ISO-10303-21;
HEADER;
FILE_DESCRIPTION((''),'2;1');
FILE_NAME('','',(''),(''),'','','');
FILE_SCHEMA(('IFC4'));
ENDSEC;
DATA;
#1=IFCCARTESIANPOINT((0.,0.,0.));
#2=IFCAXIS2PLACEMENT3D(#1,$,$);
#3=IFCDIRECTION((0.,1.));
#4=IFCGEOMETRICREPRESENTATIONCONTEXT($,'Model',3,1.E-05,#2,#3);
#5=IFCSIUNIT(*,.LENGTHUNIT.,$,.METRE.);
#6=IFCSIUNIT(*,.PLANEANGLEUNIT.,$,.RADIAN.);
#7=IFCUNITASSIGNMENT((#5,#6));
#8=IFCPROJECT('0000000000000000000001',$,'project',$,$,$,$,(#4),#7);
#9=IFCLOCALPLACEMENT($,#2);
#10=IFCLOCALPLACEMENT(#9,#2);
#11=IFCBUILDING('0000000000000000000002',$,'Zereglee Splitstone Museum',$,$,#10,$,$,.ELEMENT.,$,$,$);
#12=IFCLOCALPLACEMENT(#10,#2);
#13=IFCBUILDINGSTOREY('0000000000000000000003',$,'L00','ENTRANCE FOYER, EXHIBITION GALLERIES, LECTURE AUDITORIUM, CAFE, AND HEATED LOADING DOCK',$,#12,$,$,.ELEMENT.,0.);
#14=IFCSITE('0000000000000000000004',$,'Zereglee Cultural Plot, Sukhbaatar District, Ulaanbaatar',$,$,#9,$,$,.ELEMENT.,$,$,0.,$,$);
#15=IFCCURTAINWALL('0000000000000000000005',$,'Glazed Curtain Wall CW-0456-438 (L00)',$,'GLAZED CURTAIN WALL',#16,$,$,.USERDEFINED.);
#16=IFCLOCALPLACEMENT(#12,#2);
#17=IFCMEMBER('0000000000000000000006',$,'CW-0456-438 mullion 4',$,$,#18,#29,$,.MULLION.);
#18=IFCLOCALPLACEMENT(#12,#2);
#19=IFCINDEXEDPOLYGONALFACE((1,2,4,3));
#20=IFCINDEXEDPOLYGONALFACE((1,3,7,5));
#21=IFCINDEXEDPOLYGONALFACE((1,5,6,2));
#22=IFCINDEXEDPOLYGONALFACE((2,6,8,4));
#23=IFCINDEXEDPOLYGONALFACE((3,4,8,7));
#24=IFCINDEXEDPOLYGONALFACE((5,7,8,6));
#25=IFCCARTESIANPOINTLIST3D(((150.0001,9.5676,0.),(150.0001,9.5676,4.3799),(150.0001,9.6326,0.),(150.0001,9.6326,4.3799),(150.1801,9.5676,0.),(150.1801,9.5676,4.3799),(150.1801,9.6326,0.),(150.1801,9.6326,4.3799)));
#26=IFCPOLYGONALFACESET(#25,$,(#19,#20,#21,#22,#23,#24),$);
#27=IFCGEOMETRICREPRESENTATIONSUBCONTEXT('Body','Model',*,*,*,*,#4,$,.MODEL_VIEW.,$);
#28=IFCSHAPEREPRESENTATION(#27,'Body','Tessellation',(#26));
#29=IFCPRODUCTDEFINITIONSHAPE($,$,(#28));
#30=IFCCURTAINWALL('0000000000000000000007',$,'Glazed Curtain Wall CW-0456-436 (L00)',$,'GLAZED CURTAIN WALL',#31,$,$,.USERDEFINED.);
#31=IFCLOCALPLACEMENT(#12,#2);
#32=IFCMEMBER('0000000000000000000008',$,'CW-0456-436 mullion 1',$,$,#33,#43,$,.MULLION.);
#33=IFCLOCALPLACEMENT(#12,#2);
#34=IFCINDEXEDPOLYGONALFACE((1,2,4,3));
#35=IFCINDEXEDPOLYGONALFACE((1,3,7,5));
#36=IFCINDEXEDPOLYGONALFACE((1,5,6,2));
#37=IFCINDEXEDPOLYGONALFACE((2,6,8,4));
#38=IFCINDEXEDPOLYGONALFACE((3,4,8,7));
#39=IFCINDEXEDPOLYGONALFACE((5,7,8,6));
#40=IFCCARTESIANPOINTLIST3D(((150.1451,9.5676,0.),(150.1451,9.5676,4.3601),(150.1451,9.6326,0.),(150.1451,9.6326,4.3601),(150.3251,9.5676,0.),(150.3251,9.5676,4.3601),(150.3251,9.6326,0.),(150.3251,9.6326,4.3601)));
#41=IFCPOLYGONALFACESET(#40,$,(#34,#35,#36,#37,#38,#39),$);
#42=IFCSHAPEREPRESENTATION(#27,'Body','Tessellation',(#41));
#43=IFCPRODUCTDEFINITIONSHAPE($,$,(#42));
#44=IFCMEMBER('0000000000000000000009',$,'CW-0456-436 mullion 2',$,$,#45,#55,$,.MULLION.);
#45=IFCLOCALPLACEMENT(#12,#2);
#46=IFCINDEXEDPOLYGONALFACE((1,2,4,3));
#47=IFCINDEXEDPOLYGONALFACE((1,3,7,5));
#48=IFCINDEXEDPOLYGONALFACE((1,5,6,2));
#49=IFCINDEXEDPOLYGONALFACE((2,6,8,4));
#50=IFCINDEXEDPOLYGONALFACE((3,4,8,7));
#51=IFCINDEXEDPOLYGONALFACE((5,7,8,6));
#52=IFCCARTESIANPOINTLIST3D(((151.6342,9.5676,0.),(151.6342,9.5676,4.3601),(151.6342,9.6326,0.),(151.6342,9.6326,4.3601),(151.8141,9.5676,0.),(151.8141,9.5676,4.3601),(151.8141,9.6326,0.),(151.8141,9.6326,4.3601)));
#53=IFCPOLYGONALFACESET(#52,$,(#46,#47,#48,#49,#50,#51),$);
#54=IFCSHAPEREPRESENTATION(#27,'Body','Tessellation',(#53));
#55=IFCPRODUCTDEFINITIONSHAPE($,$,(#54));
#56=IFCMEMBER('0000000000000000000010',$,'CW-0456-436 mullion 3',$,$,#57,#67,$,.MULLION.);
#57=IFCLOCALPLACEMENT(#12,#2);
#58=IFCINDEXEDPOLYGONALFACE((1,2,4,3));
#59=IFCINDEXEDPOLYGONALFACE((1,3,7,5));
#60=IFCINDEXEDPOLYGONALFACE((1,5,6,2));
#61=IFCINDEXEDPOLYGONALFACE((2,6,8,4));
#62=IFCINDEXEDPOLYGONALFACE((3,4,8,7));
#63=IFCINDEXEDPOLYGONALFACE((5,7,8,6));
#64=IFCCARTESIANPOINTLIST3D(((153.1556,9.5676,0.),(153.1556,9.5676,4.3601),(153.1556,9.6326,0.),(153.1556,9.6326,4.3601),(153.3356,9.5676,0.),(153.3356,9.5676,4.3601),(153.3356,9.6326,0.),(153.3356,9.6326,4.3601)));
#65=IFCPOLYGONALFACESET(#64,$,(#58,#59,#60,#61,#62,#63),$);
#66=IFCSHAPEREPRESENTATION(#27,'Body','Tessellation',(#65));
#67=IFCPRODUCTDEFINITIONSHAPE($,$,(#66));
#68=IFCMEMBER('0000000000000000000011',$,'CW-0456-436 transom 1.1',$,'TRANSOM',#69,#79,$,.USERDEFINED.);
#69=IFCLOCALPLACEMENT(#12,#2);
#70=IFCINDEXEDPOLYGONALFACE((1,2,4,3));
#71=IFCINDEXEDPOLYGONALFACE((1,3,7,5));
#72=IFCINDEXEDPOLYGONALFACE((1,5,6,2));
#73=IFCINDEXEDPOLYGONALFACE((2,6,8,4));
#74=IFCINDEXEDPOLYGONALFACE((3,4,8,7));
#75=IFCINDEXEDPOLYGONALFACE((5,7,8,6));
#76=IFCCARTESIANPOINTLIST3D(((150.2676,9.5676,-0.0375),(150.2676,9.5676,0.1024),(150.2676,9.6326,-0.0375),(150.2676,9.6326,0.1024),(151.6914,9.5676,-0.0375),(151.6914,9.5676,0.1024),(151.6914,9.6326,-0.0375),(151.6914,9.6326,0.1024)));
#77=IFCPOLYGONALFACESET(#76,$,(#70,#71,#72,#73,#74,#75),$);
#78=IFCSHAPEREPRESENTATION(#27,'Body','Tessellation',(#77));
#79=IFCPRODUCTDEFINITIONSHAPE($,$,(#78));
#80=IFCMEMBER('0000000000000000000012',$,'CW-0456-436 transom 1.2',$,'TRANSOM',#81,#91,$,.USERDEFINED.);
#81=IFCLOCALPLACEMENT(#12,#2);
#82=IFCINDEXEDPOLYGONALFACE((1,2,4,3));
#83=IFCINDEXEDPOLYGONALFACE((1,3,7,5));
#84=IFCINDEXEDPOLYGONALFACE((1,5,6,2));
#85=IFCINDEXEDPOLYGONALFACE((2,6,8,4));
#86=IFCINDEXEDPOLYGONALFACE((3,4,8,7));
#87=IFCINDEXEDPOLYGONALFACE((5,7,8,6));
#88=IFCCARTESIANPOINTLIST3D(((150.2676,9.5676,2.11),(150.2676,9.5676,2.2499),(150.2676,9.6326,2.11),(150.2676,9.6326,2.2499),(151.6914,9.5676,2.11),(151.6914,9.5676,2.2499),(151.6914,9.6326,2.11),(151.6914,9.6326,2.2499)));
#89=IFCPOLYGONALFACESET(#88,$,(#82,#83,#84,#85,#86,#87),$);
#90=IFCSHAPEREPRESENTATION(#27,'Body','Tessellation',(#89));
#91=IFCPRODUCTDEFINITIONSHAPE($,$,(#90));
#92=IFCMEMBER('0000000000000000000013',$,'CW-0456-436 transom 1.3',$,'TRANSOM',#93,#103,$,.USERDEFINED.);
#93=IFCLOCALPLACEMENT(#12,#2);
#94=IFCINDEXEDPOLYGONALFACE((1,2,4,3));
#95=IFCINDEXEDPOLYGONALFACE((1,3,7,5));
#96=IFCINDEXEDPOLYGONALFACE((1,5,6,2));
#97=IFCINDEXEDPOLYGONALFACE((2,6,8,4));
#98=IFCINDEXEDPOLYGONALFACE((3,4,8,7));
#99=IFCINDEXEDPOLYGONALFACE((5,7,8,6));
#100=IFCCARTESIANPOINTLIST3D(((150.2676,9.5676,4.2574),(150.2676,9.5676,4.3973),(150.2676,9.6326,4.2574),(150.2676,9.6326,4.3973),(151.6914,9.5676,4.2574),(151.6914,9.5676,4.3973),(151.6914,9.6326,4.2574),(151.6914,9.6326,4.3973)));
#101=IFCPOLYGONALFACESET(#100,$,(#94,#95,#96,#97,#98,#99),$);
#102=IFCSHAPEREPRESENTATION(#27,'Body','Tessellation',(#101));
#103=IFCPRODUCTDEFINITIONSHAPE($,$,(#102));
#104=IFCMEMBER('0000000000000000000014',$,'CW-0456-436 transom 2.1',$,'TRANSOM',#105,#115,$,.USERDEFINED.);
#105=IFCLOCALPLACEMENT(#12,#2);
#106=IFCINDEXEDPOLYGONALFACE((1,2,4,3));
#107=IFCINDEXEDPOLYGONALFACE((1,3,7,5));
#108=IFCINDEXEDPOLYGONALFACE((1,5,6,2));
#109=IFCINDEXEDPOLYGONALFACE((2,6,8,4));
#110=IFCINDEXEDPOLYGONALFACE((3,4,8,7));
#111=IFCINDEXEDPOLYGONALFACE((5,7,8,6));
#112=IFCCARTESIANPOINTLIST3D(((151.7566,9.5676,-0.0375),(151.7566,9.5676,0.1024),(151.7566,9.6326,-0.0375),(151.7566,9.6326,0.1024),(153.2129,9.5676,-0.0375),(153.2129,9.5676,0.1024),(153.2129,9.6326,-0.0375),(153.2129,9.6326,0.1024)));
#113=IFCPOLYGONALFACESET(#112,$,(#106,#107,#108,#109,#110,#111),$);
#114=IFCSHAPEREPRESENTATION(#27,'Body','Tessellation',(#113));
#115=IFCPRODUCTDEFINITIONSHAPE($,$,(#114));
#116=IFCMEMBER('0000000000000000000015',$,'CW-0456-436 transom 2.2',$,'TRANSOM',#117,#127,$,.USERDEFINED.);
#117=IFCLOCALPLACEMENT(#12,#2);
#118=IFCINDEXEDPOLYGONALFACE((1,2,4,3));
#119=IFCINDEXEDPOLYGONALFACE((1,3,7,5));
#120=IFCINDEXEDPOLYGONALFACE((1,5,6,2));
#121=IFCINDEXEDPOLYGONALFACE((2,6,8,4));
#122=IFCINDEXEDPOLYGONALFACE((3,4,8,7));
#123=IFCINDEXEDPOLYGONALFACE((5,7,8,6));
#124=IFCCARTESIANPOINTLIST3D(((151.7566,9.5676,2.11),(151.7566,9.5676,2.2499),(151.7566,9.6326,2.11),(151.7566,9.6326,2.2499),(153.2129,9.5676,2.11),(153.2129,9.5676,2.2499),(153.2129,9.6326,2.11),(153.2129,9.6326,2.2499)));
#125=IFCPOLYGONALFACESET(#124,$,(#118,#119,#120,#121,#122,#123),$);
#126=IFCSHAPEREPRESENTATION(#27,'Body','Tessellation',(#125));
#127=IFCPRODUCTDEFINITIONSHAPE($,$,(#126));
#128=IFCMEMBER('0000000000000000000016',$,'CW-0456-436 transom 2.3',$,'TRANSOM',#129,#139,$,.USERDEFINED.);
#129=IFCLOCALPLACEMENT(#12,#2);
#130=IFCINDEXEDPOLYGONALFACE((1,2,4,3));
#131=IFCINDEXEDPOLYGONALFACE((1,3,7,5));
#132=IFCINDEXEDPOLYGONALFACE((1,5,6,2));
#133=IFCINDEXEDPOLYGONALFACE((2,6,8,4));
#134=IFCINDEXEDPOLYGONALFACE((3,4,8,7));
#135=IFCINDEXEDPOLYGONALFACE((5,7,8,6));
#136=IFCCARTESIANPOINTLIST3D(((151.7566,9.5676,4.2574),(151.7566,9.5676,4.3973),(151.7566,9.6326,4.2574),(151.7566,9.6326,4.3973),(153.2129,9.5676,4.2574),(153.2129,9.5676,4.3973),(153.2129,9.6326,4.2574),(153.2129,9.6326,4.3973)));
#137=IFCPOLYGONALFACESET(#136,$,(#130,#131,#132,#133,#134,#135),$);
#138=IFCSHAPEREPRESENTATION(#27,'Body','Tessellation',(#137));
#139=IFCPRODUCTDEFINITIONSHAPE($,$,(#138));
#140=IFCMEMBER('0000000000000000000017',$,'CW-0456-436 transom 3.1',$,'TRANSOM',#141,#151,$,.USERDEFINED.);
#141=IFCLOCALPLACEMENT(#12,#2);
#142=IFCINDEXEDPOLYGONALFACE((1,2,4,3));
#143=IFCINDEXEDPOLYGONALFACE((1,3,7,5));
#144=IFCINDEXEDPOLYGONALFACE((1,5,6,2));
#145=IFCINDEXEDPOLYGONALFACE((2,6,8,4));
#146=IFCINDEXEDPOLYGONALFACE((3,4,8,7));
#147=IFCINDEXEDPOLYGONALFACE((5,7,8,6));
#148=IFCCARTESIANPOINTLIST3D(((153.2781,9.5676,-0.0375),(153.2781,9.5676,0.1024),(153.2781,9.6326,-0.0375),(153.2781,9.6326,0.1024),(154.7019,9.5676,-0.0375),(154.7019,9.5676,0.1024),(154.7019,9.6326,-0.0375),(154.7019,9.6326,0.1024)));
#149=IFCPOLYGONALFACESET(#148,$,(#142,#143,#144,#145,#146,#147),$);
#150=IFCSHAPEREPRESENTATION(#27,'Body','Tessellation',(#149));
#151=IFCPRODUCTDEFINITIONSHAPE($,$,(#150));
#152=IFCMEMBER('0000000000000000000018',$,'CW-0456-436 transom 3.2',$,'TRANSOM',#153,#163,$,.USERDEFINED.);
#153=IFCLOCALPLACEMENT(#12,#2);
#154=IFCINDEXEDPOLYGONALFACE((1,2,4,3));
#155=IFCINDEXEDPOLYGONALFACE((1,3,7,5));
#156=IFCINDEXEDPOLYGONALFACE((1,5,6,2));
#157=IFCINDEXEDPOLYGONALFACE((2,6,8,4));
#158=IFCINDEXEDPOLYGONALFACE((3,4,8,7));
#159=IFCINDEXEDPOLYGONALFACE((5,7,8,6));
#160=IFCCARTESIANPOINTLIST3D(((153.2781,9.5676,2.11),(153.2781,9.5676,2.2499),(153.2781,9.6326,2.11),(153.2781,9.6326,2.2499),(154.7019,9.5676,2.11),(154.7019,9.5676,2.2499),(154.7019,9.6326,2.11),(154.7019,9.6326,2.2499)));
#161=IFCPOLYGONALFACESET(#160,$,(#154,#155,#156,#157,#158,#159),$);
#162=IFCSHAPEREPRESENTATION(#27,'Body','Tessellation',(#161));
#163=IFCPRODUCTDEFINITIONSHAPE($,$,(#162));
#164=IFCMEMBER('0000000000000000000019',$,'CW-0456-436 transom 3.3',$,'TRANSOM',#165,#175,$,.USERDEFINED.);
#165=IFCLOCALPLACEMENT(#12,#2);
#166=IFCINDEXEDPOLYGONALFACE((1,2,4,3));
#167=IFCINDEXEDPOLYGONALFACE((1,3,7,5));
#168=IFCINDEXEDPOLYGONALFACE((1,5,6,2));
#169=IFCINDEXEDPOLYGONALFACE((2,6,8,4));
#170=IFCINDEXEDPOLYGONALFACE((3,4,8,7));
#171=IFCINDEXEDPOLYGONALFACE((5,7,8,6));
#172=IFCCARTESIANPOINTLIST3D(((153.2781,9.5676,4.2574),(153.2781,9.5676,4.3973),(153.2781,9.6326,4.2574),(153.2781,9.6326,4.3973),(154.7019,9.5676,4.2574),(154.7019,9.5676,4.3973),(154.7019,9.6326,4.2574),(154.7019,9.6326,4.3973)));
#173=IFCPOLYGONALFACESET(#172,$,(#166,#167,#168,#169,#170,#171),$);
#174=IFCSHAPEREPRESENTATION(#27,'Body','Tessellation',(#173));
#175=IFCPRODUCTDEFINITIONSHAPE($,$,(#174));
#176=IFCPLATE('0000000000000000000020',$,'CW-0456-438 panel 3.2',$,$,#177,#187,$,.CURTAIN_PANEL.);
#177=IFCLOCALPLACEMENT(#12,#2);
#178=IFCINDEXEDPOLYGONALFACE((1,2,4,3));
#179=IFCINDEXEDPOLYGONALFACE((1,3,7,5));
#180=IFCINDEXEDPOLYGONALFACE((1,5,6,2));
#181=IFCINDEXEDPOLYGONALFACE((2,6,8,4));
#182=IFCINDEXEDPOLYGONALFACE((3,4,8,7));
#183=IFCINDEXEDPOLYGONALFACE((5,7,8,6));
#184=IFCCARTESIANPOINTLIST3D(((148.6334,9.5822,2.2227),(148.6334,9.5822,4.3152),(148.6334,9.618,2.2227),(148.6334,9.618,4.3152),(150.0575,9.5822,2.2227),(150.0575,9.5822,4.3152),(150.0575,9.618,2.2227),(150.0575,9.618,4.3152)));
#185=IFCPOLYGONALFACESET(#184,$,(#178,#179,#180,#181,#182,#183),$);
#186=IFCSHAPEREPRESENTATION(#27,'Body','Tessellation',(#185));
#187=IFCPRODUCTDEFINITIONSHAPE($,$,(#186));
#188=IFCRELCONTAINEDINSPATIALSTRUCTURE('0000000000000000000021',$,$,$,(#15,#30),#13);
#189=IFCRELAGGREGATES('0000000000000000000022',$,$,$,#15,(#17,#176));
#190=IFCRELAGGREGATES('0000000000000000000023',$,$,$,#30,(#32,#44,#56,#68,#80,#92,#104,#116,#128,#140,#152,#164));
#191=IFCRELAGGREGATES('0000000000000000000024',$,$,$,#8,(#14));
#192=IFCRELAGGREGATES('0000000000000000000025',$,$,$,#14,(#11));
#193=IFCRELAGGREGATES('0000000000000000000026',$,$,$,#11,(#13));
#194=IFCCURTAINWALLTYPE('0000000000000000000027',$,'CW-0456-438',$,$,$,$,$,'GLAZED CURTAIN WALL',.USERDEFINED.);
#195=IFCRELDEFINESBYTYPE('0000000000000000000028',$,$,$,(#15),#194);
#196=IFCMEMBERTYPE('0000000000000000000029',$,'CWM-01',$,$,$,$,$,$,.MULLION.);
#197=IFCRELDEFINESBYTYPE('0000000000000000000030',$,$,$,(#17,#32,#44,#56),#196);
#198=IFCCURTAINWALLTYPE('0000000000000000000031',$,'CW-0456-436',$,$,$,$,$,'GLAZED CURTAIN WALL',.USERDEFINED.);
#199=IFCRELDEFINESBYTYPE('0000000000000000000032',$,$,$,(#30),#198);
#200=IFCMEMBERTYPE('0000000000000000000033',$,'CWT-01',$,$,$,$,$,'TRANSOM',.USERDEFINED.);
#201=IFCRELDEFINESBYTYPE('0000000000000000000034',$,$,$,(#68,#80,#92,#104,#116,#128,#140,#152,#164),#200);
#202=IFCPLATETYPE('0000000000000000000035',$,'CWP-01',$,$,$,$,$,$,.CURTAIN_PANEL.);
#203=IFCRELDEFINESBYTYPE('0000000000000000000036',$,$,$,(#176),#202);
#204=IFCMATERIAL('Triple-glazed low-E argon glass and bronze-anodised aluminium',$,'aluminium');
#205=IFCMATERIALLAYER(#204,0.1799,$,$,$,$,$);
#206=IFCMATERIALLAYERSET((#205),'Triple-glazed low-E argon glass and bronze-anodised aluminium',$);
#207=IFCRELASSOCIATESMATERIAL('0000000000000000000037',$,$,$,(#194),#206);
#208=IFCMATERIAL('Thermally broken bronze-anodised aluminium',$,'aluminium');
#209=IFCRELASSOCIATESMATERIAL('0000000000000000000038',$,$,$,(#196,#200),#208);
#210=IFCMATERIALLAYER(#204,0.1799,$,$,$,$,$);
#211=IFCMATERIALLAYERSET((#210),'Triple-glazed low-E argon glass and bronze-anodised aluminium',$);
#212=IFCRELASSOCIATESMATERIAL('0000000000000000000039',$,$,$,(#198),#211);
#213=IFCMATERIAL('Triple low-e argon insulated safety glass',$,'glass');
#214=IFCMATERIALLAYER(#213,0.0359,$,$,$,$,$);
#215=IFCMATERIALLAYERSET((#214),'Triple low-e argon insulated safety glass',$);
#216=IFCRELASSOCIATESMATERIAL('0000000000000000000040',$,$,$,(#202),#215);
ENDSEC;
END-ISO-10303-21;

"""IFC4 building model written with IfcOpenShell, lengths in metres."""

from ifc_helpers import new_model, si_unit, direction, frame, origin, origin_2d, place, context, subcontext, project, spatial, rectangle, extrude, material, layer, layer_set, material_profile, profile_set, type_object, element, aggregate, save


model = new_model("IFC4")

# Units and contexts
model_context = context("Model", 3, precision=1e-05, world=origin(), true_north=direction((0.0, 1.0)))
body_context = subcontext(model_context, "Body", "Model", "MODEL_VIEW")
ifc_project = project(units=[si_unit("LENGTHUNIT", "METRE"), si_unit("PLANEANGLEUNIT", "RADIAN")], contexts=[model_context])

# Site, building, storey
site_placement = place(None, origin())
site = spatial("IfcSite", under=ifc_project, at=site_placement, Name="Zereglee Cultural Plot, Sukhbaatar District, Ulaanbaatar", CompositionType="ELEMENT", RefElevation=0.0)
building_placement = place(site_placement, origin())
building = spatial("IfcBuilding", under=site, at=building_placement, Name="Zereglee Splitstone Museum", CompositionType="ELEMENT")
storey_placement = place(building_placement, origin())
storey = spatial("IfcBuildingStorey", under=building, at=storey_placement, Name="L00", Description="ENTRANCE FOYER, EXHIBITION GALLERIES, LECTURE AUDITORIUM, CAFE, AND HEATED LOADING DOCK", CompositionType="ELEMENT", Elevation=0.0)

# Curtain wall, member
ifc_material_1 = material(Name="Triple-glazed low-E argon glass and bronze-anodised aluminium", Category="aluminium")
ifc_layer_1 = layer(ifc_material_1, 0.1799)
ifc_layer_set_1 = layer_set([ifc_layer_1], Name="Triple-glazed low-E argon glass and bronze-anodised aluminium")
curtain_wall_type_1 = type_object("IfcCurtainWallType", Name="CW-0456-438", ElementType="GLAZED CURTAIN WALL", PredefinedType="USERDEFINED", material=ifc_layer_set_1)
curtain_wall_1_placement = place(storey_placement, origin())
curtain_wall_1 = element("IfcCurtainWall", 1, at=curtain_wall_1_placement, inside=storey, type_object=curtain_wall_type_1, Name="Glazed Curtain Wall CW-0456-438 (L00)", ObjectType="GLAZED CURTAIN WALL", PredefinedType="USERDEFINED")
ifc_material_2 = material(Name="Thermally broken bronze-anodised aluminium", Category="aluminium")
ifc_material_profile_1 = material_profile(ifc_material_2, rectangle(XDim=0.0649, YDim=0.1799, at=origin_2d()), Name="CW MULL 65x180")
ifc_profile_set_1 = profile_set([ifc_material_profile_1], Name="Thermally broken bronze-anodised aluminium")
member_type_1 = type_object("IfcMemberType", Name="CWM-01", PredefinedType="MULLION", material=ifc_profile_set_1)
member_1_placement = place(storey_placement, frame((150.0901, 9.6001, 0.0), z_axis=(0.0, 0.0, 1.0), x_axis=(0.0, 1.0, 0.0)))
member_1 = element("IfcMember", 2, at=member_1_placement, type_object=member_type_1, Name="CW-0456-438 mullion 4", PredefinedType="MULLION", context=body_context, shape_type="SweptSolid", body=[
    extrude(rectangle(XDim=0.0649, YDim=0.1799, at=origin_2d()), origin(), (0.0, 0.0, 1.0), 4.3799),
])

# Curtain wall, members
ifc_layer_2 = layer(ifc_material_1, 0.1799)
ifc_layer_set_2 = layer_set([ifc_layer_2], Name="Triple-glazed low-E argon glass and bronze-anodised aluminium")
curtain_wall_type_2 = type_object("IfcCurtainWallType", Name="CW-0456-436", ElementType="GLAZED CURTAIN WALL", PredefinedType="USERDEFINED", material=ifc_layer_set_2)
curtain_wall_2_placement = place(storey_placement, origin())
curtain_wall_2 = element("IfcCurtainWall", 3, at=curtain_wall_2_placement, inside=storey, type_object=curtain_wall_type_2, Name="Glazed Curtain Wall CW-0456-436 (L00)", ObjectType="GLAZED CURTAIN WALL", PredefinedType="USERDEFINED")
member_2_placement = place(storey_placement, frame((150.2351, 9.6001, 0.0), z_axis=(0.0, 0.0, 1.0), x_axis=(0.0, 1.0, 0.0)))
member_2 = element("IfcMember", 4, at=member_2_placement, type_object=member_type_1, Name="CW-0456-436 mullion 1", PredefinedType="MULLION", context=body_context, shape_type="SweptSolid", body=[
    extrude(rectangle(XDim=0.0649, YDim=0.1799, at=origin_2d()), origin(), (0.0, 0.0, 1.0), 4.3601),
])
member_3_placement = place(storey_placement, frame((151.7241, 9.6001, 0.0), z_axis=(0.0, 0.0, 1.0), x_axis=(0.0, 1.0, 0.0)))
member_3 = element("IfcMember", 5, at=member_3_placement, type_object=member_type_1, Name="CW-0456-436 mullion 2", PredefinedType="MULLION", context=body_context, shape_type="SweptSolid", body=[
    extrude(rectangle(XDim=0.0649, YDim=0.1799, at=origin_2d()), origin(), (0.0, 0.0, 1.0), 4.3601),
])
member_4_placement = place(storey_placement, frame((153.2456, 9.6001, 0.0), z_axis=(0.0, 0.0, 1.0), x_axis=(0.0, 1.0, 0.0)))
member_4 = element("IfcMember", 6, at=member_4_placement, type_object=member_type_1, Name="CW-0456-436 mullion 3", PredefinedType="MULLION", context=body_context, shape_type="SweptSolid", body=[
    extrude(rectangle(XDim=0.0649, YDim=0.1799, at=origin_2d()), origin(), (0.0, 0.0, 1.0), 4.3601),
])
ifc_material_profile_2 = material_profile(ifc_material_2, rectangle(XDim=0.0649, YDim=0.1399, at=origin_2d()), Name="CW TRAN 65x140")
ifc_profile_set_2 = profile_set([ifc_material_profile_2], Name="Thermally broken bronze-anodised aluminium")
member_type_2 = type_object("IfcMemberType", Name="CWT-01", ElementType="TRANSOM", PredefinedType="USERDEFINED", material=ifc_profile_set_2)
member_5_placement = place(storey_placement, frame((150.2676, 9.6001, 0.0325), z_axis=(1.0, 0.0, 0.0), x_axis=(0.0, 1.0, 0.0)))
member_5 = element("IfcMember", 7, at=member_5_placement, type_object=member_type_2, Name="CW-0456-436 transom 1.1", ObjectType="TRANSOM", PredefinedType="USERDEFINED", context=body_context, shape_type="SweptSolid", body=[
    extrude(rectangle(XDim=0.0649, YDim=0.1399, at=origin_2d()), origin(), (0.0, 0.0, 1.0), 1.4238),
])
member_6_placement = place(storey_placement, frame((150.2676, 9.6001, 2.1799), z_axis=(1.0, 0.0, 0.0), x_axis=(0.0, 1.0, 0.0)))
member_6 = element("IfcMember", 8, at=member_6_placement, type_object=member_type_2, Name="CW-0456-436 transom 1.2", ObjectType="TRANSOM", PredefinedType="USERDEFINED", context=body_context, shape_type="SweptSolid", body=[
    extrude(rectangle(XDim=0.0649, YDim=0.1399, at=origin_2d()), origin(), (0.0, 0.0, 1.0), 1.4238),
])
member_7_placement = place(storey_placement, frame((150.2676, 9.6001, 4.3274), z_axis=(1.0, 0.0, 0.0), x_axis=(0.0, 1.0, 0.0)))
member_7 = element("IfcMember", 9, at=member_7_placement, type_object=member_type_2, Name="CW-0456-436 transom 1.3", ObjectType="TRANSOM", PredefinedType="USERDEFINED", context=body_context, shape_type="SweptSolid", body=[
    extrude(rectangle(XDim=0.0649, YDim=0.1399, at=origin_2d()), origin(), (0.0, 0.0, 1.0), 1.4238),
])
member_8_placement = place(storey_placement, frame((151.7566, 9.6001, 0.0325), z_axis=(1.0, 0.0, 0.0), x_axis=(0.0, 1.0, 0.0)))
member_8 = element("IfcMember", 10, at=member_8_placement, type_object=member_type_2, Name="CW-0456-436 transom 2.1", ObjectType="TRANSOM", PredefinedType="USERDEFINED", context=body_context, shape_type="SweptSolid", body=[
    extrude(rectangle(XDim=0.0649, YDim=0.1399, at=origin_2d()), origin(), (0.0, 0.0, 1.0), 1.4563),
])
member_9_placement = place(storey_placement, frame((151.7566, 9.6001, 2.1799), z_axis=(1.0, 0.0, 0.0), x_axis=(0.0, 1.0, 0.0)))
member_9 = element("IfcMember", 11, at=member_9_placement, type_object=member_type_2, Name="CW-0456-436 transom 2.2", ObjectType="TRANSOM", PredefinedType="USERDEFINED", context=body_context, shape_type="SweptSolid", body=[
    extrude(rectangle(XDim=0.0649, YDim=0.1399, at=origin_2d()), origin(), (0.0, 0.0, 1.0), 1.4563),
])
member_10_placement = place(storey_placement, frame((151.7566, 9.6001, 4.3274), z_axis=(1.0, 0.0, 0.0), x_axis=(0.0, 1.0, 0.0)))
member_10 = element("IfcMember", 12, at=member_10_placement, type_object=member_type_2, Name="CW-0456-436 transom 2.3", ObjectType="TRANSOM", PredefinedType="USERDEFINED", context=body_context, shape_type="SweptSolid", body=[
    extrude(rectangle(XDim=0.0649, YDim=0.1399, at=origin_2d()), origin(), (0.0, 0.0, 1.0), 1.4563),
])
member_11_placement = place(storey_placement, frame((153.2781, 9.6001, 0.0325), z_axis=(1.0, 0.0, 0.0), x_axis=(0.0, 1.0, 0.0)))
member_11 = element("IfcMember", 13, at=member_11_placement, type_object=member_type_2, Name="CW-0456-436 transom 3.1", ObjectType="TRANSOM", PredefinedType="USERDEFINED", context=body_context, shape_type="SweptSolid", body=[
    extrude(rectangle(XDim=0.0649, YDim=0.1399, at=origin_2d()), origin(), (0.0, 0.0, 1.0), 1.4238),
])
member_12_placement = place(storey_placement, frame((153.2781, 9.6001, 2.1799), z_axis=(1.0, 0.0, 0.0), x_axis=(0.0, 1.0, 0.0)))
member_12 = element("IfcMember", 14, at=member_12_placement, type_object=member_type_2, Name="CW-0456-436 transom 3.2", ObjectType="TRANSOM", PredefinedType="USERDEFINED", context=body_context, shape_type="SweptSolid", body=[
    extrude(rectangle(XDim=0.0649, YDim=0.1399, at=origin_2d()), origin(), (0.0, 0.0, 1.0), 1.4238),
])
member_13_placement = place(storey_placement, frame((153.2781, 9.6001, 4.3274), z_axis=(1.0, 0.0, 0.0), x_axis=(0.0, 1.0, 0.0)))
member_13 = element("IfcMember", 15, at=member_13_placement, type_object=member_type_2, Name="CW-0456-436 transom 3.3", ObjectType="TRANSOM", PredefinedType="USERDEFINED", context=body_context, shape_type="SweptSolid", body=[
    extrude(rectangle(XDim=0.0649, YDim=0.1399, at=origin_2d()), origin(), (0.0, 0.0, 1.0), 1.4238),
])

# Plate
ifc_material_3 = material(Name="Triple low-e argon insulated safety glass", Category="glass")
ifc_layer_3 = layer(ifc_material_3, 0.0359)
ifc_layer_set_3 = layer_set([ifc_layer_3], Name="Triple low-e argon insulated safety glass")
plate_type = type_object("IfcPlateType", Name="CWP-01", PredefinedType="CURTAIN_PANEL", material=ifc_layer_set_3)
plate_1_placement = place(storey_placement, frame((149.3455, 9.6001, 2.2227), z_axis=(0.0, 0.0, 1.0), x_axis=(1.0, 0.0, 0.0)))
plate_1 = element("IfcPlate", 16, at=plate_1_placement, type_object=plate_type, Name="CW-0456-438 panel 3.2", PredefinedType="CURTAIN_PANEL", context=body_context, shape_type="SweptSolid", body=[
    extrude(rectangle(XDim=1.4241, YDim=0.0359, at=origin_2d()), origin(), (0.0, 0.0, 1.0), 2.0925),
])
aggregate(curtain_wall_1, [member_1, plate_1])
aggregate(curtain_wall_2, [member_2, member_3, member_4, member_5, member_6, member_7, member_8, member_9, member_10, member_11, member_12, member_13])

save(model, "model.ifc")
